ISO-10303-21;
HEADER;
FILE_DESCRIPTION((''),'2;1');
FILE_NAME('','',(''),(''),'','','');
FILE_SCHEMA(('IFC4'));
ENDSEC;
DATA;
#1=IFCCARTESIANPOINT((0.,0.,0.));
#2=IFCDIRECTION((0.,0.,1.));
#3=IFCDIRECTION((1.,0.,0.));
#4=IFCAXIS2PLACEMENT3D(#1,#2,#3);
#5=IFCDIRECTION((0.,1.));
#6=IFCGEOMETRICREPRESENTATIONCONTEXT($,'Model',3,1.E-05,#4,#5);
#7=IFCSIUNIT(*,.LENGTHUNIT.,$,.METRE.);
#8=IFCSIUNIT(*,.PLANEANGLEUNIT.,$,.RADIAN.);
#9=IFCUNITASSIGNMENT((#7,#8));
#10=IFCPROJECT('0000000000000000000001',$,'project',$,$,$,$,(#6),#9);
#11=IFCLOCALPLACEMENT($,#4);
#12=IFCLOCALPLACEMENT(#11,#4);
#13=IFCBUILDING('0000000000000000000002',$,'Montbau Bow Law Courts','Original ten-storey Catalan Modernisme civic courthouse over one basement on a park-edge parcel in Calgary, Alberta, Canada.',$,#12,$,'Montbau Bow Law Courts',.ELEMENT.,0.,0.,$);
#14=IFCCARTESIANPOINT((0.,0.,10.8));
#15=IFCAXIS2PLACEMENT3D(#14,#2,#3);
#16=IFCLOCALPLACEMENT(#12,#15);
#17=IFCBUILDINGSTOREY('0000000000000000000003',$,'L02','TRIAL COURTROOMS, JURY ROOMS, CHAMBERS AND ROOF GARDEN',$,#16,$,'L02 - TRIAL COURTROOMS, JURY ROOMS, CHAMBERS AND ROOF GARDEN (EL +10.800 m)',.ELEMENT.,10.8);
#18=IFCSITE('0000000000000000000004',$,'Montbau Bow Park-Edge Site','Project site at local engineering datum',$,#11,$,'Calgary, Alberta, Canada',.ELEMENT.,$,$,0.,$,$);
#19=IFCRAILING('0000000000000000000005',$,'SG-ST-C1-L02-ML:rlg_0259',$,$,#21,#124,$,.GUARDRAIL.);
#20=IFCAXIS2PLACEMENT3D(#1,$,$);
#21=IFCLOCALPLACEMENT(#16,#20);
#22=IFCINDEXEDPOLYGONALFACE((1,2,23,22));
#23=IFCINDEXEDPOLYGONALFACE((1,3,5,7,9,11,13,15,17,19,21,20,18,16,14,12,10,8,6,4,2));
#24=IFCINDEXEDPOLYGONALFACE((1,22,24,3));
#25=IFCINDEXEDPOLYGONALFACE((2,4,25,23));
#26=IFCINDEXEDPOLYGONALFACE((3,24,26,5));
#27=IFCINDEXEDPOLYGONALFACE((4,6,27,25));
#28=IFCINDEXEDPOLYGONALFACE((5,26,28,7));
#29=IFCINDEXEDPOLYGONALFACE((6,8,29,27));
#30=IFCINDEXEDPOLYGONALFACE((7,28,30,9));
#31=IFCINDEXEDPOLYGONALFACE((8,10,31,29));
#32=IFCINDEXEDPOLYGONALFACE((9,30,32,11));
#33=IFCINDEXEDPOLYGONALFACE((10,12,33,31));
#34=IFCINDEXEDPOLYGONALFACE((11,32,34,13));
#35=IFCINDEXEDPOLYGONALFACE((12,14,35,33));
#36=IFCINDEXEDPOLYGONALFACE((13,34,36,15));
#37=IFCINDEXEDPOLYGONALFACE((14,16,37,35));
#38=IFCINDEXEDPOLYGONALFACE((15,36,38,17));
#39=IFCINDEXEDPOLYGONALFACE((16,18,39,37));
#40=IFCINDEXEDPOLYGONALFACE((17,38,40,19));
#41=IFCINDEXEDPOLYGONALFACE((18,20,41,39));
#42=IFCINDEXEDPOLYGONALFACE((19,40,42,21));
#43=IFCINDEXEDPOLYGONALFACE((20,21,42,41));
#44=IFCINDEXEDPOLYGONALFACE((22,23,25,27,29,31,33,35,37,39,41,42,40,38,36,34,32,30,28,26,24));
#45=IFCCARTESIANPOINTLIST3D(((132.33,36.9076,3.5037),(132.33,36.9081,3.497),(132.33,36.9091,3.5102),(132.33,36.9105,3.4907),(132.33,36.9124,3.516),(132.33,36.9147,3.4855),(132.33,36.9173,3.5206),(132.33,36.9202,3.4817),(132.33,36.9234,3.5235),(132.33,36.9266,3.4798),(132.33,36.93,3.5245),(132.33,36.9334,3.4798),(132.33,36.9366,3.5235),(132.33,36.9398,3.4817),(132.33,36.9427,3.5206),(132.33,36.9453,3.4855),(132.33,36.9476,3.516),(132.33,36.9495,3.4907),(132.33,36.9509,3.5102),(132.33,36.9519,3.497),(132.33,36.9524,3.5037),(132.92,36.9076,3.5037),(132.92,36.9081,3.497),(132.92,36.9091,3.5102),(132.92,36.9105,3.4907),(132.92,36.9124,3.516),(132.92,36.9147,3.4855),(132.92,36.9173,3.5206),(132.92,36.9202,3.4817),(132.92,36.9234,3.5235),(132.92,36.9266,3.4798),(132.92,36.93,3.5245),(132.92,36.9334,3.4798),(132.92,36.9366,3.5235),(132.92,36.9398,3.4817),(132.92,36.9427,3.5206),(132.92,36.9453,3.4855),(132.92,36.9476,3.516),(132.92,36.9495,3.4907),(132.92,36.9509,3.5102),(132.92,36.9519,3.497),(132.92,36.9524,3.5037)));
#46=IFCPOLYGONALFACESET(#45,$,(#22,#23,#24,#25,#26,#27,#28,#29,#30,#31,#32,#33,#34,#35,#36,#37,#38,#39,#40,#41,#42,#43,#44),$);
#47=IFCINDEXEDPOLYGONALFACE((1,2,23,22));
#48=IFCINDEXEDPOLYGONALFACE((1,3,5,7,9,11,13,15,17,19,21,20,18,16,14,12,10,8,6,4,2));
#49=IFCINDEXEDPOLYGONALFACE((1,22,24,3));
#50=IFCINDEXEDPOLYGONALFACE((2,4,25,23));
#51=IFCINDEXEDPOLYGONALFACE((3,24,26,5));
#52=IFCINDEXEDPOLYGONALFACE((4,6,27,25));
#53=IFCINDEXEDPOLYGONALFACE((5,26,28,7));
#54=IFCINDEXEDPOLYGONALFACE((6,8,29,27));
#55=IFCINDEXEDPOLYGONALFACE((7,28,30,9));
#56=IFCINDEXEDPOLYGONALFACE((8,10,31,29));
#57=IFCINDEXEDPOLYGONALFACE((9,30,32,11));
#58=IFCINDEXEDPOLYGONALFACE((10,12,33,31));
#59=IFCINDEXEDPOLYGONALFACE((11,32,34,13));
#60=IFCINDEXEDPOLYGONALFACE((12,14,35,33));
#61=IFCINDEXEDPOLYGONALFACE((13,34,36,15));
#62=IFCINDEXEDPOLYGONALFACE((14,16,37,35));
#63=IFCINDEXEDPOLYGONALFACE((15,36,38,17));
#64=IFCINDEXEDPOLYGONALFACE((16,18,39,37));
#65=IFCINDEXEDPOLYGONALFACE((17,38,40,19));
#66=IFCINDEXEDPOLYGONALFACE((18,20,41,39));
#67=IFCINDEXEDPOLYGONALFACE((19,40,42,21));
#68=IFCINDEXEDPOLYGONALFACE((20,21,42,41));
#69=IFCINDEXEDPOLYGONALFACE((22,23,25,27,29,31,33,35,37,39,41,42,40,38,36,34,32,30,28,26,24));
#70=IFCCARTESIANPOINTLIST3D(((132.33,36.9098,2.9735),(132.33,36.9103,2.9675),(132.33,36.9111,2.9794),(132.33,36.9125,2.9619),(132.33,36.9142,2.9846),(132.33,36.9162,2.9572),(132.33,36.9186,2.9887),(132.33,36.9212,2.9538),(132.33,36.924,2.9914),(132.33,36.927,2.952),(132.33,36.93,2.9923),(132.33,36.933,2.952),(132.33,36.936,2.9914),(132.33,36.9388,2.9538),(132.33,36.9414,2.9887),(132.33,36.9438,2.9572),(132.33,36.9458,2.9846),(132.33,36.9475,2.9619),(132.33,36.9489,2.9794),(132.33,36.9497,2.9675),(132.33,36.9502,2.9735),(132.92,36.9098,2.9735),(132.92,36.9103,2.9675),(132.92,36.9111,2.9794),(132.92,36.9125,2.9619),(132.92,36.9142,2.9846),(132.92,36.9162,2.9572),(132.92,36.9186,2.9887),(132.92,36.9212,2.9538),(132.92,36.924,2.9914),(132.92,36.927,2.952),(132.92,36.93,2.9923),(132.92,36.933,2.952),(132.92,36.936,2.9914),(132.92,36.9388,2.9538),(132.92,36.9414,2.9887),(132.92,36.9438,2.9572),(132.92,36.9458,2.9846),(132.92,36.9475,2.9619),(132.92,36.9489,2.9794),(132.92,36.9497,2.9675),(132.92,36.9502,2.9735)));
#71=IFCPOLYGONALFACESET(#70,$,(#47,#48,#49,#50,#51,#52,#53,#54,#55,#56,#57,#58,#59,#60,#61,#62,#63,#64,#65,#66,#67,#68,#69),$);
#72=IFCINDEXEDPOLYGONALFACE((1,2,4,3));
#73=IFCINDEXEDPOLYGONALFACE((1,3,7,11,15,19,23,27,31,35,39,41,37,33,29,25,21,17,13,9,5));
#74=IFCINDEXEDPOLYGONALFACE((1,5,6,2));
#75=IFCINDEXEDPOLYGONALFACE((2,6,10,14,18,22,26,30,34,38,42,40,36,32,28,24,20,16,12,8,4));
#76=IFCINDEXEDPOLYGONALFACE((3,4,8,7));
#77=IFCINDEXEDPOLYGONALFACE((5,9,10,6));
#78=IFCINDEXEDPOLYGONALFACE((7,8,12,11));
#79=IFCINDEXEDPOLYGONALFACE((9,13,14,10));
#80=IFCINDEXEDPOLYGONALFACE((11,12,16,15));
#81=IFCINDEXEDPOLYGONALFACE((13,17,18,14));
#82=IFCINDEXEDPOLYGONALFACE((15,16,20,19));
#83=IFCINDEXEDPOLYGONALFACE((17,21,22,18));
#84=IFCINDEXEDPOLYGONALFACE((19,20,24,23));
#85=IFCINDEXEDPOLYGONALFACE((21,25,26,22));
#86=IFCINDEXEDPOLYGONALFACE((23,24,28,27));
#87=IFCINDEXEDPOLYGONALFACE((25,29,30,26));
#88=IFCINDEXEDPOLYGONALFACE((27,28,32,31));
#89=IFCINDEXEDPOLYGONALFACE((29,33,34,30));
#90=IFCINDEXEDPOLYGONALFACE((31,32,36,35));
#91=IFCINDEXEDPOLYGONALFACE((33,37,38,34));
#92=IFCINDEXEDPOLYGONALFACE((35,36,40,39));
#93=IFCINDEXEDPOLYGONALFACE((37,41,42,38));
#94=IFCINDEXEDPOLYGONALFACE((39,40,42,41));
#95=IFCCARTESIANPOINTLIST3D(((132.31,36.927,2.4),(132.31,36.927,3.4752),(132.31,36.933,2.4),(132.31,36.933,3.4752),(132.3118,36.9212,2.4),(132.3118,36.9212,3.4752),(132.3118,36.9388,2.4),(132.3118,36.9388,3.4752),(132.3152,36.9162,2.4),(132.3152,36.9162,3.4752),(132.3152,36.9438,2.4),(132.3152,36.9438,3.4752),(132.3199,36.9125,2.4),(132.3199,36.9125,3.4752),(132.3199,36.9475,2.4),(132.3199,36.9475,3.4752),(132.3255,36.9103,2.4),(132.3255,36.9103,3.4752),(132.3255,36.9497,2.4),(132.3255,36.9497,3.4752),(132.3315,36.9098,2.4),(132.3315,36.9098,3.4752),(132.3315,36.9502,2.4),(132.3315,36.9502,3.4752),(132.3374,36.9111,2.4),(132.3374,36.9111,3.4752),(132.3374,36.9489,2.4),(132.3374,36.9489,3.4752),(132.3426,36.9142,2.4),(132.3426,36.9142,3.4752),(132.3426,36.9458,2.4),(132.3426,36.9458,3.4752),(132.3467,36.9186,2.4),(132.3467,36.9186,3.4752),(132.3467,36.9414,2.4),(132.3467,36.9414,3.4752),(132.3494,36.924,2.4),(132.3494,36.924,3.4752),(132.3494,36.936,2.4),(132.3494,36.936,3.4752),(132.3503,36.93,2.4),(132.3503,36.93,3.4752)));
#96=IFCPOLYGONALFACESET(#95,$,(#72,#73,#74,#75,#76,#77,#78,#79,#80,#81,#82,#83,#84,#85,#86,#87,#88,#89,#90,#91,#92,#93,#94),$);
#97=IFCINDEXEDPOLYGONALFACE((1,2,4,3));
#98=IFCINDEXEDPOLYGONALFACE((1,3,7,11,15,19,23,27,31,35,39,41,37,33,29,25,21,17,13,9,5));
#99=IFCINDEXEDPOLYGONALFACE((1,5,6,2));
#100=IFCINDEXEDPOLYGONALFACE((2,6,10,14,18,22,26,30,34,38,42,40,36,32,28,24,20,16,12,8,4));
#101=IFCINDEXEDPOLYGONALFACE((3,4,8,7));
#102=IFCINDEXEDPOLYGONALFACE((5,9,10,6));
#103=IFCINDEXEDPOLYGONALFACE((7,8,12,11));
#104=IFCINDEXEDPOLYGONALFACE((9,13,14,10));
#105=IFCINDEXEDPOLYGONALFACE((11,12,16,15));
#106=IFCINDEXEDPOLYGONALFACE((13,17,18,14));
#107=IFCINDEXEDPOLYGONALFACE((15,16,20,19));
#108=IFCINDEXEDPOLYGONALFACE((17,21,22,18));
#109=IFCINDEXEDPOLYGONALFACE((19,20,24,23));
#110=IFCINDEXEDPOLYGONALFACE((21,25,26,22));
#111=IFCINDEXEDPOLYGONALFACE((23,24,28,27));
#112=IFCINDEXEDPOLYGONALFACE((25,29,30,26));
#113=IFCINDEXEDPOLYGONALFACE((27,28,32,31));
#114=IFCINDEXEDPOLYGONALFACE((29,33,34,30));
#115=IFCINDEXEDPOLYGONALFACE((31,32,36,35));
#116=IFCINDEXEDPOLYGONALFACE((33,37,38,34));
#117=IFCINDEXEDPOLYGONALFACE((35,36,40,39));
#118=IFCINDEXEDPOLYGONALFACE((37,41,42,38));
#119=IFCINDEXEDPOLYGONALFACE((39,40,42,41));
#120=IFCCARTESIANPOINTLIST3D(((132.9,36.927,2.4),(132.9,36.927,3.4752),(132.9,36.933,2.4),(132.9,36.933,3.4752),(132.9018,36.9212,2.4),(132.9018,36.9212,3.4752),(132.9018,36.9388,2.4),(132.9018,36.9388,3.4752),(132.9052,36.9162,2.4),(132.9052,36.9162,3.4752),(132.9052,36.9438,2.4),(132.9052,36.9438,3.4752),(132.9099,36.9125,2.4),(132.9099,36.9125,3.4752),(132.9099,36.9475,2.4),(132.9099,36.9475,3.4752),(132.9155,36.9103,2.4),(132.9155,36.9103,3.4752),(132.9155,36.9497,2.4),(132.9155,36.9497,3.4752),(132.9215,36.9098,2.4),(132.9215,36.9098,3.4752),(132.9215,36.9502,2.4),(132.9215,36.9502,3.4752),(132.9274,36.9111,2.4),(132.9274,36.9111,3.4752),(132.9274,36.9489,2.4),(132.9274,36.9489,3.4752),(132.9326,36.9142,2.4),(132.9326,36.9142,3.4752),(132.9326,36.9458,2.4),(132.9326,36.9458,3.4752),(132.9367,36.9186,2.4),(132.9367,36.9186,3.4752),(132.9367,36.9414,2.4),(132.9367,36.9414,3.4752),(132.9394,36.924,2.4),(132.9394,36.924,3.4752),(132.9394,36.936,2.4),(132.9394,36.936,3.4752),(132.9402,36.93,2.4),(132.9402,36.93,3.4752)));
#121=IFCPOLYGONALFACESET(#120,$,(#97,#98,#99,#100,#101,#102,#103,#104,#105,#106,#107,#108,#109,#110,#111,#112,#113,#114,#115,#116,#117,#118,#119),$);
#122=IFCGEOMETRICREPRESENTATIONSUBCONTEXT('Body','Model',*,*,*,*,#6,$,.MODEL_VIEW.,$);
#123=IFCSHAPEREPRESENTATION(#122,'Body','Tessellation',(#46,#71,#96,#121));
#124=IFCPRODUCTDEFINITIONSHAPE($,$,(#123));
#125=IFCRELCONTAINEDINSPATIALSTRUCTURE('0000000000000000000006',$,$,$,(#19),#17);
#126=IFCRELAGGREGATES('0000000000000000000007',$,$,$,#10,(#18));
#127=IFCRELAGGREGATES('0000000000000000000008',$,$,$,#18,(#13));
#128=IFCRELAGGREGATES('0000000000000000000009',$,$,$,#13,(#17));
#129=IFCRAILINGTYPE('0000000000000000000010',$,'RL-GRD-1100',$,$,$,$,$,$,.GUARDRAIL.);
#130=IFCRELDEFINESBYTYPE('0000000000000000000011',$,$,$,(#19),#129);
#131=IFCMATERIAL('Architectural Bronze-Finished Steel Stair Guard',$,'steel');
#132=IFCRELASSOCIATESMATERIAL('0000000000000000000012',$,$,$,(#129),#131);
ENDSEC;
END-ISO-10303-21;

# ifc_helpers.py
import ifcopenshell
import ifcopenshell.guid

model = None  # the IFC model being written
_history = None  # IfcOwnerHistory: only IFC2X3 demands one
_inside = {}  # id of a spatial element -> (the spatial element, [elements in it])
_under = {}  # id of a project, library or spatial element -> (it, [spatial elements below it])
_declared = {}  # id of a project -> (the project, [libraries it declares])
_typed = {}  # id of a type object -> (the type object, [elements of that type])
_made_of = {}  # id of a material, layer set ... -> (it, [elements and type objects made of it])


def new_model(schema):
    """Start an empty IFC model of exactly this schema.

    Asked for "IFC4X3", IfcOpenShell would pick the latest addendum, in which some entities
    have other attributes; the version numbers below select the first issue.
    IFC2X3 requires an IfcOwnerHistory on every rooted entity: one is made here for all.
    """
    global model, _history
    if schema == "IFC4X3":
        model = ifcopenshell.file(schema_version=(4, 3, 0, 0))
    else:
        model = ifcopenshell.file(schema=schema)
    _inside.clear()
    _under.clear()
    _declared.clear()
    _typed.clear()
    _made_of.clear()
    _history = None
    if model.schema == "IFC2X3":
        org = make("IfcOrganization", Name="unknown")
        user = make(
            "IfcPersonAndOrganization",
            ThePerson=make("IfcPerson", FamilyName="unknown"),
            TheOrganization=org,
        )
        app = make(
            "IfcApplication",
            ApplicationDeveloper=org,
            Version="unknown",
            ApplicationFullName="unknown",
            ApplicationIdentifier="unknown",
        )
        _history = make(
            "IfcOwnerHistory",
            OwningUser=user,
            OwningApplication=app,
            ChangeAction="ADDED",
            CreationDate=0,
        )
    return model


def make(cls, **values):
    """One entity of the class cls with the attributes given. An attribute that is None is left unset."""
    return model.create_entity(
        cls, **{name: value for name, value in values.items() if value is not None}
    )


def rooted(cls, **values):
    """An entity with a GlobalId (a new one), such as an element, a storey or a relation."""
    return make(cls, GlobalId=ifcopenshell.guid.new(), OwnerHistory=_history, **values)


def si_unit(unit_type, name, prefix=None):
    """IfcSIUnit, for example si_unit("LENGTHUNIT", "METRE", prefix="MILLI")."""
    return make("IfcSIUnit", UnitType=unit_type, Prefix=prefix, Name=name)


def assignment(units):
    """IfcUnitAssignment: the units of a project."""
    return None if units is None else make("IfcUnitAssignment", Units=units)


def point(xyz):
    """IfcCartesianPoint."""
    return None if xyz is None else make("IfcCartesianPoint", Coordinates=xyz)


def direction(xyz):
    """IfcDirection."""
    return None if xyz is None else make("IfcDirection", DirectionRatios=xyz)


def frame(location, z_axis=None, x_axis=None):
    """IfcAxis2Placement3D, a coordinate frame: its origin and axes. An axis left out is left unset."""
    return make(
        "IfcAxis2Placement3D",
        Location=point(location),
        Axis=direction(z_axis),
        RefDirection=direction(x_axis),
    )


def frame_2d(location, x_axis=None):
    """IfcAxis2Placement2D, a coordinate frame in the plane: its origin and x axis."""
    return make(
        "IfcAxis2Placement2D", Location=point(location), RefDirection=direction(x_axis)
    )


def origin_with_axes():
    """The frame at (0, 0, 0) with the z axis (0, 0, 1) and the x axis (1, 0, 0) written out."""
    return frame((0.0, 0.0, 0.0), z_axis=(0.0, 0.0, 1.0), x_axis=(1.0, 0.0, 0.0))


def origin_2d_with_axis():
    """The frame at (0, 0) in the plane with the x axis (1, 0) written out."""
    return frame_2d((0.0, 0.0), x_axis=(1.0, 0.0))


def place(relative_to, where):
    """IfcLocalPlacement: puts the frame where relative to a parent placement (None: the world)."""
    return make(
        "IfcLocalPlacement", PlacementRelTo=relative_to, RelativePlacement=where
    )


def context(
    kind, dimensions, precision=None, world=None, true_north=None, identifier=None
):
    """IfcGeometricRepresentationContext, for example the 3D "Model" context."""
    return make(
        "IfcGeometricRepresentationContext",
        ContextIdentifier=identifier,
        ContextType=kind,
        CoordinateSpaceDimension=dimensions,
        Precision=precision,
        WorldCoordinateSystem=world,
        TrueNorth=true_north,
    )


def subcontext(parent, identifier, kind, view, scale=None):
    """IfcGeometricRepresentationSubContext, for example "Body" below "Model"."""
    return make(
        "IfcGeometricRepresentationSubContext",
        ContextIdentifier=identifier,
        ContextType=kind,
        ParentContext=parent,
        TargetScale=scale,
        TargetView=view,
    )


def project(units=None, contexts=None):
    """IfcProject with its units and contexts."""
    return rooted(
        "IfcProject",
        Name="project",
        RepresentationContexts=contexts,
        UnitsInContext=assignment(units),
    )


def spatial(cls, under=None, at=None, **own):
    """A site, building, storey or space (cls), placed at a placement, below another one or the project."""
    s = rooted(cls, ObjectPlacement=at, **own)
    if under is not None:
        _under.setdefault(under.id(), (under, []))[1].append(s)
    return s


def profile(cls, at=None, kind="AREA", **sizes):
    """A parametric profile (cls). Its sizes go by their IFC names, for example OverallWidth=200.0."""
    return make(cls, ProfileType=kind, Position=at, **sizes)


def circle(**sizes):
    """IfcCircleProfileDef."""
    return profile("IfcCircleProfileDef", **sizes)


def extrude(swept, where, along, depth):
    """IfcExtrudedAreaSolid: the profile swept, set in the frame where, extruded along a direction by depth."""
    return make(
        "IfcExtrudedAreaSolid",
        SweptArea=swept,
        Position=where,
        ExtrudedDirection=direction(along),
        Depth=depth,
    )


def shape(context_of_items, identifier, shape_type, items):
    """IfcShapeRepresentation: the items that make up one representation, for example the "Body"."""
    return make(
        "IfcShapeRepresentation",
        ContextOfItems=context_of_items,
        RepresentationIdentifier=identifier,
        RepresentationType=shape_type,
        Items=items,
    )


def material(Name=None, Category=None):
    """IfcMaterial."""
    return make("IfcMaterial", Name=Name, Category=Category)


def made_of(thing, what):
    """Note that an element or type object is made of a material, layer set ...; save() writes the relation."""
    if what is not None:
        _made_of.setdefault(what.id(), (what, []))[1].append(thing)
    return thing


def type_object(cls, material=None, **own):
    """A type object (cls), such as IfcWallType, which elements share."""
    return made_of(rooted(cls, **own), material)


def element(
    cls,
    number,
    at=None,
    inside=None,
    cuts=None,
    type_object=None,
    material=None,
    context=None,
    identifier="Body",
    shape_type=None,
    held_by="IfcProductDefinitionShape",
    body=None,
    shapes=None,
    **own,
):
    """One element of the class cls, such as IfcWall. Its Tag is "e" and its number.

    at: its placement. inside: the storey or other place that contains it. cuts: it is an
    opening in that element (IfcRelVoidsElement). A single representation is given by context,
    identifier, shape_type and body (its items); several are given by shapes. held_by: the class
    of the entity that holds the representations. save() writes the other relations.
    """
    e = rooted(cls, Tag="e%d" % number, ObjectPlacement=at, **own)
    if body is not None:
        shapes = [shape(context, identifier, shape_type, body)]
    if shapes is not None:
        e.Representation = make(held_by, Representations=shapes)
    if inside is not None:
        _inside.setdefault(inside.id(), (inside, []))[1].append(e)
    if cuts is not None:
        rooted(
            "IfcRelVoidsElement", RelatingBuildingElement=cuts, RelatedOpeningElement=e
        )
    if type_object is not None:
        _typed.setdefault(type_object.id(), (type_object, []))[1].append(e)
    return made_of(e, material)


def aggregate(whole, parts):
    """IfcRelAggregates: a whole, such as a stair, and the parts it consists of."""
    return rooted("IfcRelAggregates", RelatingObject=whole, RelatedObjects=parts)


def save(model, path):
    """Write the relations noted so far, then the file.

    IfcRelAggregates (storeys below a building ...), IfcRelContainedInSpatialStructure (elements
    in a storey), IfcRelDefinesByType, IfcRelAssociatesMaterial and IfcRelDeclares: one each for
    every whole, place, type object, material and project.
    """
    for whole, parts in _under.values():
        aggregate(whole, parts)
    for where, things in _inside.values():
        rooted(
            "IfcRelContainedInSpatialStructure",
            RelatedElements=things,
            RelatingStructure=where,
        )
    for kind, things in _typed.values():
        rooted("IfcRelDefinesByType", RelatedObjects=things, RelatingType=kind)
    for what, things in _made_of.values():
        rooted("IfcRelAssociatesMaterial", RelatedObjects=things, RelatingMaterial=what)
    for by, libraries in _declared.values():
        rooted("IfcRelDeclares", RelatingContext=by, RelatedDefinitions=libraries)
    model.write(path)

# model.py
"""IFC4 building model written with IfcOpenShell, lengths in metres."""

from ifc_helpers import new_model, si_unit, direction, frame, origin_with_axes, origin_2d_with_axis, place, context, subcontext, project, spatial, circle, extrude, material, type_object, element, save


model = new_model("IFC4")

# Units and contexts
model_context = context("Model", 3, precision=1e-05, world=origin_with_axes(), true_north=direction((0.0, 1.0)))
body_context = subcontext(model_context, "Body", "Model", "MODEL_VIEW")
ifc_project = project(units=[si_unit("LENGTHUNIT", "METRE"), si_unit("PLANEANGLEUNIT", "RADIAN")], contexts=[model_context])

# Site, building, storey
site_placement = place(None, origin_with_axes())
site = spatial("IfcSite", under=ifc_project, at=site_placement, Name="Montbau Bow Park-Edge Site", Description="Project site at local engineering datum", LongName="Calgary, Alberta, Canada", CompositionType="ELEMENT", RefElevation=0.0)
building_placement = place(site_placement, origin_with_axes())
building = spatial("IfcBuilding", under=site, at=building_placement, Name="Montbau Bow Law Courts", Description="Original ten-storey Catalan Modernisme civic courthouse over one basement on a park-edge parcel in Calgary, Alberta, Canada.", LongName="Montbau Bow Law Courts", CompositionType="ELEMENT", ElevationOfRefHeight=0.0, ElevationOfTerrain=0.0)
storey_placement = place(building_placement, frame((0.0, 0.0, 10.8), z_axis=(0.0, 0.0, 1.0), x_axis=(1.0, 0.0, 0.0)))
storey = spatial("IfcBuildingStorey", under=building, at=storey_placement, Name="L02", Description="TRIAL COURTROOMS, JURY ROOMS, CHAMBERS AND ROOF GARDEN", LongName="L02 - TRIAL COURTROOMS, JURY ROOMS, CHAMBERS AND ROOF GARDEN (EL +10.800 m)", CompositionType="ELEMENT", Elevation=10.8)

# Railing
ifc_material_1 = material(Name="Architectural Bronze-Finished Steel Stair Guard", Category="steel")
railing_type_1 = type_object("IfcRailingType", Name="RL-GRD-1100", PredefinedType="GUARDRAIL", material=ifc_material_1)
railing_1_placement = place(None, origin_with_axes())
element("IfcRailing", 1, at=railing_1_placement, inside=storey, type_object=railing_type_1, Name="SG-ST-C1-L02-ML:rlg_0259", PredefinedType="GUARDRAIL", context=body_context, shape_type="SweptSolid", body=[
    extrude(circle(Radius=0.0225, at=origin_2d_with_axis()), frame((132.33, 36.93, 14.302), z_axis=(1.0, 0.0, 0.0), x_axis=(0.0, 0.0, 1.0)), (0.0, 0.0, 1.0), 0.59),
    extrude(circle(Radius=0.0203, at=origin_2d_with_axis()), frame((132.33, 36.93, 13.772), z_axis=(1.0, 0.0, 0.0), x_axis=(0.0, 0.0, 1.0)), (0.0, 0.0, 1.0), 0.59),
    extrude(circle(Radius=0.0203, at=origin_2d_with_axis()), frame((132.33, 36.93, 13.2), z_axis=(0.0, 0.0, 1.0), x_axis=(1.0, 0.0, 0.0)), (0.0, 0.0, 1.0), 1.0753),
    extrude(circle(Radius=0.0203, at=origin_2d_with_axis()), frame((132.92, 36.93, 13.2), z_axis=(0.0, 0.0, 1.0), x_axis=(1.0, 0.0, 0.0)), (0.0, 0.0, 1.0), 1.0753),
])

save(model, "model.ifc")
